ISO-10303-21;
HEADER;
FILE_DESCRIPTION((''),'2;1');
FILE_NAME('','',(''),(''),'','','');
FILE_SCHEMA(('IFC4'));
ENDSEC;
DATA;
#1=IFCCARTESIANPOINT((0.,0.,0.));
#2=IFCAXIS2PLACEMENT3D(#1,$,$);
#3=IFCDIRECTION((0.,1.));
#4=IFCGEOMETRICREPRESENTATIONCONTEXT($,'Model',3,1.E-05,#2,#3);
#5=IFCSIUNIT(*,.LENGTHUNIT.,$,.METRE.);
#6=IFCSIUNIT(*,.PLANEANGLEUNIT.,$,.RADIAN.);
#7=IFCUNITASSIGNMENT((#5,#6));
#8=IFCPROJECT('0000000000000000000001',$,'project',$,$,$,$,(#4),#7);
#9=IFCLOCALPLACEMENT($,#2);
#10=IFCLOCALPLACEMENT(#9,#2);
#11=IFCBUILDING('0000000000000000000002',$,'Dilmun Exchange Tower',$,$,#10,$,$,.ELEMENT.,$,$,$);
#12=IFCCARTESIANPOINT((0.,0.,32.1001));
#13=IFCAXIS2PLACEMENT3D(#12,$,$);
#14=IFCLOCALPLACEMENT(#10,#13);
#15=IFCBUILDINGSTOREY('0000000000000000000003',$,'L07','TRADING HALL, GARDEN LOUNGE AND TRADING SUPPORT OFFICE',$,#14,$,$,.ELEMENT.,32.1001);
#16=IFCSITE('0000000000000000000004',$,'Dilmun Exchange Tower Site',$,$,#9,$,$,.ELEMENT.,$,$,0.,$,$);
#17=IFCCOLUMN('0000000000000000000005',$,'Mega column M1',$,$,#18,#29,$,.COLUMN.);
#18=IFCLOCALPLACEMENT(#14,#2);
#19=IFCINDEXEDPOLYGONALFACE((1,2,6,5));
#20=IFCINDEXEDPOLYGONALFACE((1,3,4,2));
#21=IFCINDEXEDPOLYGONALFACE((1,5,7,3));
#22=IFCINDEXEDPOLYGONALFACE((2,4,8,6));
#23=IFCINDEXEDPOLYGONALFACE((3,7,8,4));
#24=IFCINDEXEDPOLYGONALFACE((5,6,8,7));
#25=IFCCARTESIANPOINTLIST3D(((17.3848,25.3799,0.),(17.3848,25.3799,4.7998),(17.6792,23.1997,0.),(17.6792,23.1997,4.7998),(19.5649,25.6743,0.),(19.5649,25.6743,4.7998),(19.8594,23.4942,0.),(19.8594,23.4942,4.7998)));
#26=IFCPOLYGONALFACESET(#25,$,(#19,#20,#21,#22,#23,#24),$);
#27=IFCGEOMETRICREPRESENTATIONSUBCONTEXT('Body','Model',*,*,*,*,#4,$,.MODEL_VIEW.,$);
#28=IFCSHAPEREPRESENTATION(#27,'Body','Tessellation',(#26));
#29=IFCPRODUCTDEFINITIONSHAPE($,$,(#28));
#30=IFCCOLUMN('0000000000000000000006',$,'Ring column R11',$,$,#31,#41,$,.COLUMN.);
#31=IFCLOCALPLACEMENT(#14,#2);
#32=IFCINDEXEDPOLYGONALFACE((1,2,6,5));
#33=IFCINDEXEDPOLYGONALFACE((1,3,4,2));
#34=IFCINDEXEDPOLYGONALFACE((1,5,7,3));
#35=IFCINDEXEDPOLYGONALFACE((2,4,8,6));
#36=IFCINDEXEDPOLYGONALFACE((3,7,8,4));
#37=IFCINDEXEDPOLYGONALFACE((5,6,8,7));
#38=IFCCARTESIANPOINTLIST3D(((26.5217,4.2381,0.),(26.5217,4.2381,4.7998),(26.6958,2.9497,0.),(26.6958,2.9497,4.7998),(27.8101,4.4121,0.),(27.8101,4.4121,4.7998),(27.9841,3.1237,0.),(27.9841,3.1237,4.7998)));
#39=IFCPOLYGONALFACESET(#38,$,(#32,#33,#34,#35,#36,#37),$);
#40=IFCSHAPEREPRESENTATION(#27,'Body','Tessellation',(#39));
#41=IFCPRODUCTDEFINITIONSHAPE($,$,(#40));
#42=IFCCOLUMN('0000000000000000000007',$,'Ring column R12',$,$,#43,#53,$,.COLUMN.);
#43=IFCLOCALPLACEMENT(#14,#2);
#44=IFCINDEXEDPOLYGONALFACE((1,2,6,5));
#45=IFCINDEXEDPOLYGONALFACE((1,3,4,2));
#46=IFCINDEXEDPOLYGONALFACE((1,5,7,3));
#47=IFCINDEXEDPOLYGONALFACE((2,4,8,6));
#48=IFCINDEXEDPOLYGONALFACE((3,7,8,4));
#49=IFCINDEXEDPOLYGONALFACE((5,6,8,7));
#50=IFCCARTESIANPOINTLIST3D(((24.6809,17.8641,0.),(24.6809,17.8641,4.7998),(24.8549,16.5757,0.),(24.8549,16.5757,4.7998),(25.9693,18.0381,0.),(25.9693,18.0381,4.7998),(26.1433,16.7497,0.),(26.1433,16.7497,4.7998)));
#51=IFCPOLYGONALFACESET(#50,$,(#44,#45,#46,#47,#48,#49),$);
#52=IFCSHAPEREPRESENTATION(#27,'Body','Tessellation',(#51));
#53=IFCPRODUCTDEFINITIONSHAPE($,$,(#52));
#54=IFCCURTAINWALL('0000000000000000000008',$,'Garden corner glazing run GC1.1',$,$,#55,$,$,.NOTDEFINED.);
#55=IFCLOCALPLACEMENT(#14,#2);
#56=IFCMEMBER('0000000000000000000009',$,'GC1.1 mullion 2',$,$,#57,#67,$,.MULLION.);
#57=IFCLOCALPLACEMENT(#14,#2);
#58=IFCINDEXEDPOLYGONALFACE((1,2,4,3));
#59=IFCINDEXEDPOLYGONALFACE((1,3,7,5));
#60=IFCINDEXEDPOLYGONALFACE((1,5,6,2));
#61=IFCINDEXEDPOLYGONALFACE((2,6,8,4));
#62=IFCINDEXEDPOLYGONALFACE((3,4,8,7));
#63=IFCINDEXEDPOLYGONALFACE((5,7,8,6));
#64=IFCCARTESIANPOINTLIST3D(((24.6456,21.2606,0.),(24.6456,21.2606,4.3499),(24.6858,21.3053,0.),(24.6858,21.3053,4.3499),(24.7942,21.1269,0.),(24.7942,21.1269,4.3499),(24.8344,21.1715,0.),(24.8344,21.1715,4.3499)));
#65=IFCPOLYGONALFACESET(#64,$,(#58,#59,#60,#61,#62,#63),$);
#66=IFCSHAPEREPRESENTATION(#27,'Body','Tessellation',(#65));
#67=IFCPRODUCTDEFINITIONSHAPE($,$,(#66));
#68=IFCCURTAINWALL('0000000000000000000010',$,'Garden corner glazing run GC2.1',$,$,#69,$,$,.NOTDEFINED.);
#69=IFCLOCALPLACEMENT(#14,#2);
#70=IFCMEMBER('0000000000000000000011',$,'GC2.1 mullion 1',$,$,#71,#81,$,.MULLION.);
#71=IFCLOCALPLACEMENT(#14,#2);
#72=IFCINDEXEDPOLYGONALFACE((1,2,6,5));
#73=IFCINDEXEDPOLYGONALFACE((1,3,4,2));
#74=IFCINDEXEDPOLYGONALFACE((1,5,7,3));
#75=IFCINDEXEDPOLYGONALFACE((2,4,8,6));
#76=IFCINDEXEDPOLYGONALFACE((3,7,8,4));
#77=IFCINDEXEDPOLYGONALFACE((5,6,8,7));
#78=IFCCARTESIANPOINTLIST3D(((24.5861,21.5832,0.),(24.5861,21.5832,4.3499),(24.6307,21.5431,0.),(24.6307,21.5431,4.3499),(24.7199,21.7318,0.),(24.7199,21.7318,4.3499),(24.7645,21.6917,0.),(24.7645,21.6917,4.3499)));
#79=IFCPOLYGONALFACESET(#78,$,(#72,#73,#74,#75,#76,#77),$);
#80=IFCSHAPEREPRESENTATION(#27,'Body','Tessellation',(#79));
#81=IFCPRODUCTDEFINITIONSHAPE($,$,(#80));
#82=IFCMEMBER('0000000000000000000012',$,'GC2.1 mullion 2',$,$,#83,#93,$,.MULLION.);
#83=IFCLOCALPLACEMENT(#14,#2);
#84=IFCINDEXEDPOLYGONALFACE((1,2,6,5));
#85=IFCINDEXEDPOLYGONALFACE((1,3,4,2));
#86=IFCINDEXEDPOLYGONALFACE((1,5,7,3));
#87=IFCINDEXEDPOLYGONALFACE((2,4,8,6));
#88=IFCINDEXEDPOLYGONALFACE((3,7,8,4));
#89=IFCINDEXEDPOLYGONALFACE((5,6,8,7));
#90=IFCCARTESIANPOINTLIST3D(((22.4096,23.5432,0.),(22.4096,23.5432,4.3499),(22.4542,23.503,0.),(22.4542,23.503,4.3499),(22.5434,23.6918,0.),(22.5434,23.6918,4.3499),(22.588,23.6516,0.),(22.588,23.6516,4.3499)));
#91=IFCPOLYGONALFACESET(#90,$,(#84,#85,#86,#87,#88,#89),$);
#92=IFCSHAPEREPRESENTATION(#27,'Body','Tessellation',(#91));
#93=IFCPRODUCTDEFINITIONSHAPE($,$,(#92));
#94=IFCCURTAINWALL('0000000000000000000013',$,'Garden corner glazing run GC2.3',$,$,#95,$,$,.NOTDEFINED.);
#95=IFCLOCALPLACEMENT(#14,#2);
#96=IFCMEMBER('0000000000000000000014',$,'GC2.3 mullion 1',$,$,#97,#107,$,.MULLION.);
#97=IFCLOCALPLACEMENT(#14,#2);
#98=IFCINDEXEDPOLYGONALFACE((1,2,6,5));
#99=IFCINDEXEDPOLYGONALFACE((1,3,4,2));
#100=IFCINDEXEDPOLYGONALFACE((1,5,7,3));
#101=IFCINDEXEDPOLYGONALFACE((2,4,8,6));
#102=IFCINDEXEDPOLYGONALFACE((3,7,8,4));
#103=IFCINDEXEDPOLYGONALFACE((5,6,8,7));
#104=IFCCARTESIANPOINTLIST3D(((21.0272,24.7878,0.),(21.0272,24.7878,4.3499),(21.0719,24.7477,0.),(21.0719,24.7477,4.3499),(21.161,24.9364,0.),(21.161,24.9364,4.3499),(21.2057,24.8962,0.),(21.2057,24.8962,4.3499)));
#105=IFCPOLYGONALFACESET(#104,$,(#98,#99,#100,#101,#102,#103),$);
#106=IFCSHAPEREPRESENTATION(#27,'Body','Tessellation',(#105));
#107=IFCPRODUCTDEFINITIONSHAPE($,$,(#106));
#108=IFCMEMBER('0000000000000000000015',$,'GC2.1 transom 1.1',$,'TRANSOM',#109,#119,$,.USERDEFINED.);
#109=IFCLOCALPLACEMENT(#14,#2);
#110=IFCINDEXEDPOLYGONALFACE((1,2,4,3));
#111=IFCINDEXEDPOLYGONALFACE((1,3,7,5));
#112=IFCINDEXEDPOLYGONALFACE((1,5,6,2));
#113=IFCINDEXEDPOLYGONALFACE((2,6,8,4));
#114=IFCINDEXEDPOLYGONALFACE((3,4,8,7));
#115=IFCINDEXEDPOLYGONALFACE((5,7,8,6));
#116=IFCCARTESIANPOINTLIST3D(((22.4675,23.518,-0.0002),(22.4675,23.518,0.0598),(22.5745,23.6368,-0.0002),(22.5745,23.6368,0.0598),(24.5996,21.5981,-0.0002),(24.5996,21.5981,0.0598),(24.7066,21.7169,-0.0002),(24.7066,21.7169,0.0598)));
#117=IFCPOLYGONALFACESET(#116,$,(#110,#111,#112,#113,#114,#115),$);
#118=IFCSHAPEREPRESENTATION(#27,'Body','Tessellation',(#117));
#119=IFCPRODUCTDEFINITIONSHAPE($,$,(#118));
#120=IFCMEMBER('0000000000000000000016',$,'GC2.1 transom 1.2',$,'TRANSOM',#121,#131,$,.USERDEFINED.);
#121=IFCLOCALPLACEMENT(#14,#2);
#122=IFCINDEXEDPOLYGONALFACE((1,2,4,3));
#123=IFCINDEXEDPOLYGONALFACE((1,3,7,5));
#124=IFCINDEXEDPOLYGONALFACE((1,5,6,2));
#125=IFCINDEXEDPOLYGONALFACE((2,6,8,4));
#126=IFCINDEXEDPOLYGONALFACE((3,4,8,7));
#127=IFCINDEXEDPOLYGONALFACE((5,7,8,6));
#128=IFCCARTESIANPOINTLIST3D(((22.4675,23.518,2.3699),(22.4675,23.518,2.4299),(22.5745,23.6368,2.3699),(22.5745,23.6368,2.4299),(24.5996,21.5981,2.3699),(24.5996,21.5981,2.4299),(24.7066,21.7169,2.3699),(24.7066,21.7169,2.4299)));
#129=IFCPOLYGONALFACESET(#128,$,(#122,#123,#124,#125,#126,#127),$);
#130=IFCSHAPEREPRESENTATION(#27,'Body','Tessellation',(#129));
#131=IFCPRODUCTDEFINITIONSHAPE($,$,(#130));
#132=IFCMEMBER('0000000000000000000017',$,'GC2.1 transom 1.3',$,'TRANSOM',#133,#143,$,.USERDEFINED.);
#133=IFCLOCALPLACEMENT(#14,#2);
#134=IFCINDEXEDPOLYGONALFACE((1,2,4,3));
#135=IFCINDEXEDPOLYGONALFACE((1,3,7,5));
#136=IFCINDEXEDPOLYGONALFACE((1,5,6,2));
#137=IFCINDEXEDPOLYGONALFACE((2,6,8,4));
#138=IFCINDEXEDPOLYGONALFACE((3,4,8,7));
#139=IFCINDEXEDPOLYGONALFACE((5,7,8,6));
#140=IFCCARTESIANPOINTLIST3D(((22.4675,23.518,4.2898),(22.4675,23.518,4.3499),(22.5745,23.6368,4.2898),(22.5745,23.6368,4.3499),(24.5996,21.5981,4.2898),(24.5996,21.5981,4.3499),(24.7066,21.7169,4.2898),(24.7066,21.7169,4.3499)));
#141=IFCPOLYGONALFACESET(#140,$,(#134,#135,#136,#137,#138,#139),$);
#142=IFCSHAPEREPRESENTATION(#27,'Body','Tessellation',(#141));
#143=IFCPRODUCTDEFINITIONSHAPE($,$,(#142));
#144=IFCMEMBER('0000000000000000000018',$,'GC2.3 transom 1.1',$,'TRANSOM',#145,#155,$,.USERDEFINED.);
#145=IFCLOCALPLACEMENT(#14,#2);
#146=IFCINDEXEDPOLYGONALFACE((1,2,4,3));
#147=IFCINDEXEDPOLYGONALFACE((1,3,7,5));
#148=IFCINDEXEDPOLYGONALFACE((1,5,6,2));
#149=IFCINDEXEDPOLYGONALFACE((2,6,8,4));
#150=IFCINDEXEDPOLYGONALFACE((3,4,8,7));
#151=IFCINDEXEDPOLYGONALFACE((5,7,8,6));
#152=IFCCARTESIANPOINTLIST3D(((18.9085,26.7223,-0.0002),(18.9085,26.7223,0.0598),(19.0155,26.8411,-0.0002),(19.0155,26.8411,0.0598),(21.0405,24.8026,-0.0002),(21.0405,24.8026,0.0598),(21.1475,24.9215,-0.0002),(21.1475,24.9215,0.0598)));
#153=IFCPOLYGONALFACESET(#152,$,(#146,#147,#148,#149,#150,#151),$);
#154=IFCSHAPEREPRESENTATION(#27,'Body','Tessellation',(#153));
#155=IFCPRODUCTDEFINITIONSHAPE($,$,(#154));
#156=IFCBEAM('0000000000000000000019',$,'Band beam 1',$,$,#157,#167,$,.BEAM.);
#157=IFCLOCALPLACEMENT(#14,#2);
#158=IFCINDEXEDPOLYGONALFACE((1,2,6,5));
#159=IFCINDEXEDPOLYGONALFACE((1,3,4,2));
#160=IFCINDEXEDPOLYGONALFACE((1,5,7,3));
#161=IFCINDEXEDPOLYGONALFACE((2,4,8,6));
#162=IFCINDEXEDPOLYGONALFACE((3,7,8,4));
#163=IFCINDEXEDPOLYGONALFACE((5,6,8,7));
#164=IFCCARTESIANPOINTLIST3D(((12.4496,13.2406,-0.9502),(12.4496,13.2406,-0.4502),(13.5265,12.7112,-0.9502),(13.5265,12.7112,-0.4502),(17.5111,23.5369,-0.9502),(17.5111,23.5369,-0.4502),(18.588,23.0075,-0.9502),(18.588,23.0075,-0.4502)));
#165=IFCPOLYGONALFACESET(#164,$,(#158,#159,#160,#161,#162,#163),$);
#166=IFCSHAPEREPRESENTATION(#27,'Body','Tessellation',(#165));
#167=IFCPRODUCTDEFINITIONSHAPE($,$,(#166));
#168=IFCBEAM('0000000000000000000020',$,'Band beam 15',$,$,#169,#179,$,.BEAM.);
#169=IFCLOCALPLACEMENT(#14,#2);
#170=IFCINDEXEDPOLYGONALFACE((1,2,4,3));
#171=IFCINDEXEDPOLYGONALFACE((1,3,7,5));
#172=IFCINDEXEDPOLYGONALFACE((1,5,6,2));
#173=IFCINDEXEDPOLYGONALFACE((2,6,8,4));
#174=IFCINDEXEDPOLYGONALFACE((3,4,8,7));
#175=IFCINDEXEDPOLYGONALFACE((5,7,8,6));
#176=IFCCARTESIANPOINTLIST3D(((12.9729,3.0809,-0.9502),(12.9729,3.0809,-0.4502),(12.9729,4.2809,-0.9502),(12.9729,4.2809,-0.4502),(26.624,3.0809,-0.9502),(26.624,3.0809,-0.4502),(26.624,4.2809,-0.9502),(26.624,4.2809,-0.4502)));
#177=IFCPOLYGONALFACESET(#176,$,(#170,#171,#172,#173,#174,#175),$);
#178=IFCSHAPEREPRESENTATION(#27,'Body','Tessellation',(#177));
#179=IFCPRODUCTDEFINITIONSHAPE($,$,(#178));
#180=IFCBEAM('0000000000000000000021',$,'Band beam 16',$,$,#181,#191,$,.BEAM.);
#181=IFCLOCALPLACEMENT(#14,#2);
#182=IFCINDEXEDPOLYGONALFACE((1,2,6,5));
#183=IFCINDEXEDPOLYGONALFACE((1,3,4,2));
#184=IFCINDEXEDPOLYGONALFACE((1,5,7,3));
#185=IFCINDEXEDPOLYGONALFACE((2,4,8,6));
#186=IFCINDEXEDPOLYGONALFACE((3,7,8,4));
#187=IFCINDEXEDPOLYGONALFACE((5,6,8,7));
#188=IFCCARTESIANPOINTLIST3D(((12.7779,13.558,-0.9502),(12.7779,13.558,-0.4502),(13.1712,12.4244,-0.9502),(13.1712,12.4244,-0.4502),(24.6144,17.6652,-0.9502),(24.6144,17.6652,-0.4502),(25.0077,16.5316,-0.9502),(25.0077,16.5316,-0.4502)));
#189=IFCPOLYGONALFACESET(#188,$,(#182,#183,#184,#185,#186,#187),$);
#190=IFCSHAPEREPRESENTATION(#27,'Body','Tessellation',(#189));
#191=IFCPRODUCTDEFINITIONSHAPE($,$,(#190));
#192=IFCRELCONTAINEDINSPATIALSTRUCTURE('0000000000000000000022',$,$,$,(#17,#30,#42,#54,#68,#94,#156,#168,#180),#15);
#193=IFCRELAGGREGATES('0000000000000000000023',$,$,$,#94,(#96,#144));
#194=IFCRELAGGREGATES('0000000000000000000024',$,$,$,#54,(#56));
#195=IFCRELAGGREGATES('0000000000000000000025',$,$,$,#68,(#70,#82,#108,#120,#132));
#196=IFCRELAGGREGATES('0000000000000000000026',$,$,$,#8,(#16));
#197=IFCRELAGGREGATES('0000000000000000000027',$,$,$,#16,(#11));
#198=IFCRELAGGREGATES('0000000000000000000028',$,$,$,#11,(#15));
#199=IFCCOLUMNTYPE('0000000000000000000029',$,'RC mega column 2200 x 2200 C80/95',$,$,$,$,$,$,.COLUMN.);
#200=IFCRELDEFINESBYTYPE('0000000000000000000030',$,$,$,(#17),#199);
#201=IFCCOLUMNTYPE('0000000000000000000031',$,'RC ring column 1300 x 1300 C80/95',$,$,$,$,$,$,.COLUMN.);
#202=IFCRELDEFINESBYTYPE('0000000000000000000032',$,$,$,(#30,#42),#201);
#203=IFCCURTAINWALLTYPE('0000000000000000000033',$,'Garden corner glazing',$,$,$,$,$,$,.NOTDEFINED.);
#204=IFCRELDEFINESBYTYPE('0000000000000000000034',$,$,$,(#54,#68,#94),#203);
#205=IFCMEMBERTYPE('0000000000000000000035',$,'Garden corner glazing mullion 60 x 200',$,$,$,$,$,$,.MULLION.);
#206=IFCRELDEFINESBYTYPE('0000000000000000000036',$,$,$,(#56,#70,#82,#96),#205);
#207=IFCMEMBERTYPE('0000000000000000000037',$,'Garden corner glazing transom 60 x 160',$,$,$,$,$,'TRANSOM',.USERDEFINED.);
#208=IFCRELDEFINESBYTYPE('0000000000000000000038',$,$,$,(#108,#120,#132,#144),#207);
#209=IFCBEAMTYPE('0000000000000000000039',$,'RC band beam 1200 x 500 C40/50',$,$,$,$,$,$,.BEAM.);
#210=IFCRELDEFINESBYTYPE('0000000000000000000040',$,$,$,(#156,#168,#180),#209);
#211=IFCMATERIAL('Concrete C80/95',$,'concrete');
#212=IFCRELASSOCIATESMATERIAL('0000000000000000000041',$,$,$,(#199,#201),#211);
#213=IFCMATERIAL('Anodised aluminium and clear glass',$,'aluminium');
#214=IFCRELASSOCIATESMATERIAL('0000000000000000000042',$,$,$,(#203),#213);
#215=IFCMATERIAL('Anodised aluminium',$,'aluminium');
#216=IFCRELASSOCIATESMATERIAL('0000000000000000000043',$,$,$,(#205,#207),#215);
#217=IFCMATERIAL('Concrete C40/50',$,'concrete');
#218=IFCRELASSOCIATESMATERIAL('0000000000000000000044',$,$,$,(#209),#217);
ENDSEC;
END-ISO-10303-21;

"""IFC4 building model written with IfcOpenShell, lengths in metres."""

from ifc_helpers import new_model, si_unit, direction, frame, origin, origin_2d, place, context, subcontext, project, spatial, rectangle, extrude, material, material_profile, profile_set, type_object, element, aggregate, save


model = new_model("IFC4")

# Units and contexts
model_context = context("Model", 3, precision=1e-05, world=origin(), true_north=direction((0.0, 1.0)))
body_context = subcontext(model_context, "Body", "Model", "MODEL_VIEW")
ifc_project = project(units=[si_unit("LENGTHUNIT", "METRE"), si_unit("PLANEANGLEUNIT", "RADIAN")], contexts=[model_context])

# Site, building, storey
site_placement = place(None, origin())
site = spatial("IfcSite", under=ifc_project, at=site_placement, Name="Dilmun Exchange Tower Site", CompositionType="ELEMENT", RefElevation=0.0)
building_placement = place(site_placement, origin())
building = spatial("IfcBuilding", under=site, at=building_placement, Name="Dilmun Exchange Tower", CompositionType="ELEMENT")
storey_placement = place(building_placement, frame((0.0, 0.0, 32.1001)))
storey = spatial("IfcBuildingStorey", under=building, at=storey_placement, Name="L07", Description="TRADING HALL, GARDEN LOUNGE AND TRADING SUPPORT OFFICE", CompositionType="ELEMENT", Elevation=32.1001)

# Columns
ifc_material_1 = material(Name="Concrete C80/95", Category="concrete")
ifc_material_profile_1 = material_profile(ifc_material_1, rectangle(XDim=2.2, YDim=2.2, at=origin_2d()), Name="2200 x 2200")
ifc_profile_set_1 = profile_set([ifc_material_profile_1], Name="Concrete C80/95")
column_type_1 = type_object("IfcColumnType", Name="RC mega column 2200 x 2200 C80/95", PredefinedType="COLUMN", material=ifc_profile_set_1)
column_placement = place(storey_placement, frame((18.6221, 24.437, 0.0), z_axis=(0.0, 0.0, 1.0), x_axis=(0.991001, 0.133853, 0.0)))
element("IfcColumn", 1, at=column_placement, inside=storey, type_object=column_type_1, Name="Mega column M1", PredefinedType="COLUMN", context=body_context, shape_type="SweptSolid", body=[
    extrude(rectangle(XDim=2.2, YDim=2.2, at=origin_2d()), origin(), (0.0, 0.0, 1.0), 4.7998),
])
ifc_material_profile_2 = material_profile(ifc_material_1, rectangle(XDim=1.3, YDim=1.3, at=origin_2d()), Name="1300 x 1300")
ifc_profile_set_2 = profile_set([ifc_material_profile_2], Name="Concrete C80/95")
column_type_2 = type_object("IfcColumnType", Name="RC ring column 1300 x 1300 C80/95", PredefinedType="COLUMN", material=ifc_profile_set_2)
for number, where, z_axis, x_axis, name in (
    (2, (27.2529, 3.6809, 0.0), (0.0, 0.0, 1.0), (0.991001, 0.133853, 0.0), "Ring column R11"),
    (3, (25.4121, 17.3069, 0.0), (0.0, 0.0, 1.0), (0.991001, 0.133853, 0.0), "Ring column R12"),
):
    element("IfcColumn", number, at=place(storey_placement, frame(where, z_axis=z_axis, x_axis=x_axis)), inside=storey, type_object=column_type_2, Name=name, PredefinedType="COLUMN", context=body_context, shape_type="SweptSolid", body=[
        extrude(rectangle(XDim=1.3, YDim=1.3, at=origin_2d()), origin(), (0.0, 0.0, 1.0), 4.7998),
    ])

# Curtain wall, member
ifc_material_2 = material(Name="Anodised aluminium and clear glass", Category="aluminium")
curtain_wall_type = type_object("IfcCurtainWallType", Name="Garden corner glazing", PredefinedType="NOTDEFINED", material=ifc_material_2)
curtain_wall_1_placement = place(storey_placement, origin())
curtain_wall_1 = element("IfcCurtainWall", 4, at=curtain_wall_1_placement, inside=storey, type_object=curtain_wall_type, Name="Garden corner glazing run GC1.1", PredefinedType="NOTDEFINED")
ifc_material_3 = material(Name="Anodised aluminium", Category="aluminium")
ifc_material_profile_3 = material_profile(ifc_material_3, rectangle(XDim=0.2, YDim=0.0601, at=origin_2d()), Name="AL 60x200")
ifc_profile_set_3 = profile_set([ifc_material_profile_3], Name="Anodised aluminium")
member_type_1 = type_object("IfcMemberType", Name="Garden corner glazing mullion 60 x 200", PredefinedType="MULLION", material=ifc_profile_set_3)
member_1_placement = place(storey_placement, frame((24.74, 21.2161, 0.0), z_axis=(0.0, 0.0, 1.0), x_axis=(0.74315, -0.669125, 0.0)))
member_1 = element("IfcMember", 5, at=member_1_placement, type_object=member_type_1, Name="GC1.1 mullion 2", PredefinedType="MULLION", context=body_context, shape_type="SweptSolid", body=[
    extrude(rectangle(XDim=0.2, YDim=0.0601, at=origin_2d()), origin(), (0.0, 0.0, 1.0), 4.3499),
])

# Curtain wall, members
curtain_wall_2_placement = place(storey_placement, origin())
curtain_wall_2 = element("IfcCurtainWall", 6, at=curtain_wall_2_placement, inside=storey, type_object=curtain_wall_type, Name="Garden corner glazing run GC2.1", PredefinedType="NOTDEFINED")
member_2_placement = place(storey_placement, frame((24.6753, 21.6375, 0.0), z_axis=(0.0, 0.0, 1.0), x_axis=(-0.669137, -0.743139, 0.0)))
member_2 = element("IfcMember", 7, at=member_2_placement, type_object=member_type_1, Name="GC2.1 mullion 1", PredefinedType="MULLION", context=body_context, shape_type="SweptSolid", body=[
    extrude(rectangle(XDim=0.2, YDim=0.0601, at=origin_2d()), origin(), (0.0, 0.0, 1.0), 4.3499),
])
member_3_placement = place(storey_placement, frame((22.4988, 23.5974, 0.0), z_axis=(0.0, 0.0, 1.0), x_axis=(-0.669137, -0.743139, 0.0)))
member_3 = element("IfcMember", 8, at=member_3_placement, type_object=member_type_1, Name="GC2.1 mullion 2", PredefinedType="MULLION", context=body_context, shape_type="SweptSolid", body=[
    extrude(rectangle(XDim=0.2, YDim=0.0601, at=origin_2d()), origin(), (0.0, 0.0, 1.0), 4.3499),
])

# Curtain wall, member
curtain_wall_3_placement = place(storey_placement, origin())
curtain_wall_3 = element("IfcCurtainWall", 9, at=curtain_wall_3_placement, inside=storey, type_object=curtain_wall_type, Name="Garden corner glazing run GC2.3", PredefinedType="NOTDEFINED")
member_4_placement = place(storey_placement, frame((21.1165, 24.842, 0.0), z_axis=(0.0, 0.0, 1.0), x_axis=(-0.669118, -0.743156, 0.0)))
member_4 = element("IfcMember", 10, at=member_4_placement, type_object=member_type_1, Name="GC2.3 mullion 1", PredefinedType="MULLION", context=body_context, shape_type="SweptSolid", body=[
    extrude(rectangle(XDim=0.2, YDim=0.0601, at=origin_2d()), origin(), (0.0, 0.0, 1.0), 4.3499),
])

# Members
ifc_material_profile_4 = material_profile(ifc_material_3, rectangle(XDim=0.1599, YDim=0.0601, at=origin_2d()), Name="AL 60x160")
ifc_profile_set_4 = profile_set([ifc_material_profile_4], Name="Anodised aluminium")
member_type_2 = type_object("IfcMemberType", Name="Garden corner glazing transom 60 x 160", ElementType="TRANSOM", PredefinedType="USERDEFINED", material=ifc_profile_set_4)
member_5_placement = place(storey_placement, frame((24.6531, 21.6575, 0.0298), z_axis=(-0.743112, 0.669167, 0.0), x_axis=(-0.669167, -0.743112, 0.0)))
member_5 = element("IfcMember", 11, at=member_5_placement, type_object=member_type_2, Name="GC2.1 transom 1.1", ObjectType="TRANSOM", PredefinedType="USERDEFINED", context=body_context, shape_type="SweptSolid", body=[
    extrude(rectangle(XDim=0.1599, YDim=0.0601, at=origin_2d()), origin(), (0.0, 0.0, 1.0), 2.8691),
])
member_6_placement = place(storey_placement, frame((24.6531, 21.6575, 2.3999), z_axis=(-0.743112, 0.669167, 0.0), x_axis=(-0.669167, -0.743112, 0.0)))
member_6 = element("IfcMember", 12, at=member_6_placement, type_object=member_type_2, Name="GC2.1 transom 1.2", ObjectType="TRANSOM", PredefinedType="USERDEFINED", context=body_context, shape_type="SweptSolid", body=[
    extrude(rectangle(XDim=0.1599, YDim=0.0601, at=origin_2d()), origin(), (0.0, 0.0, 1.0), 2.8691),
])
member_7_placement = place(storey_placement, frame((24.6531, 21.6575, 4.3198), z_axis=(-0.743112, 0.669167, 0.0), x_axis=(-0.669167, -0.743112, 0.0)))
member_7 = element("IfcMember", 13, at=member_7_placement, type_object=member_type_2, Name="GC2.1 transom 1.3", ObjectType="TRANSOM", PredefinedType="USERDEFINED", context=body_context, shape_type="SweptSolid", body=[
    extrude(rectangle(XDim=0.1599, YDim=0.0601, at=origin_2d()), origin(), (0.0, 0.0, 1.0), 2.8691),
])
member_8_placement = place(storey_placement, frame((21.094, 24.8621, 0.0298), z_axis=(-0.743154, 0.66912, 0.0), x_axis=(-0.66912, -0.743154, 0.0)))
member_8 = element("IfcMember", 14, at=member_8_placement, type_object=member_type_2, Name="GC2.3 transom 1.1", ObjectType="TRANSOM", PredefinedType="USERDEFINED", context=body_context, shape_type="SweptSolid", body=[
    extrude(rectangle(XDim=0.1599, YDim=0.0601, at=origin_2d()), origin(), (0.0, 0.0, 1.0), 2.8689),
])
aggregate(curtain_wall_3, [member_4, member_8])

# Beams
ifc_material_4 = material(Name="Concrete C40/50", Category="concrete")
ifc_material_profile_5 = material_profile(ifc_material_4, rectangle(XDim=1.2, YDim=0.5, at=origin_2d()), Name="1200 x 500")
ifc_profile_set_5 = profile_set([ifc_material_profile_5], Name="Concrete C40/50")
beam_type_1 = type_object("IfcBeamType", Name="RC band beam 1200 x 500 C40/50", PredefinedType="BEAM", material=ifc_profile_set_5)
beam_1_placement = place(storey_placement, frame((18.0496, 23.2722, -0.7002), z_axis=(-0.44116, -0.897428, 0.0), x_axis=(0.897428, -0.44116, 0.0)))
element("IfcBeam", 15, at=beam_1_placement, inside=storey, type_object=beam_type_1, Name="Band beam 1", PredefinedType="BEAM", context=body_context, shape_type="SweptSolid", body=[
    extrude(rectangle(XDim=1.2, YDim=0.5, at=origin_2d()), origin(), (0.0, 0.0, 1.0), 11.4731),
])
beam_2_placement = place(storey_placement, frame((26.624, 3.6809, -0.7002), z_axis=(-1.0, 0.0, 0.0), x_axis=(0.0, -1.0, 0.0)))
element("IfcBeam", 16, at=beam_2_placement, inside=storey, type_object=beam_type_1, Name="Band beam 15", PredefinedType="BEAM", context=body_context, shape_type="SweptSolid", body=[
    extrude(rectangle(XDim=1.2, YDim=0.5, at=origin_2d()), origin(), (0.0, 0.0, 1.0), 13.6511),
])
beam_3_placement = place(storey_placement, frame((24.811, 17.0984, -0.7002), z_axis=(-0.94474, -0.32782, 0.0), x_axis=(0.32782, -0.94474, 0.0)))
element("IfcBeam", 17, at=beam_3_placement, inside=storey, type_object=beam_type_1, Name="Band beam 16", PredefinedType="BEAM", context=body_context, shape_type="SweptSolid", body=[
    extrude(rectangle(XDim=1.2, YDim=0.5, at=origin_2d()), origin(), (0.0, 0.0, 1.0), 12.5288),
])

aggregate(curtain_wall_1, [member_1])
aggregate(curtain_wall_2, [member_2, member_3, member_5, member_6, member_7])

save(model, "model.ifc")
